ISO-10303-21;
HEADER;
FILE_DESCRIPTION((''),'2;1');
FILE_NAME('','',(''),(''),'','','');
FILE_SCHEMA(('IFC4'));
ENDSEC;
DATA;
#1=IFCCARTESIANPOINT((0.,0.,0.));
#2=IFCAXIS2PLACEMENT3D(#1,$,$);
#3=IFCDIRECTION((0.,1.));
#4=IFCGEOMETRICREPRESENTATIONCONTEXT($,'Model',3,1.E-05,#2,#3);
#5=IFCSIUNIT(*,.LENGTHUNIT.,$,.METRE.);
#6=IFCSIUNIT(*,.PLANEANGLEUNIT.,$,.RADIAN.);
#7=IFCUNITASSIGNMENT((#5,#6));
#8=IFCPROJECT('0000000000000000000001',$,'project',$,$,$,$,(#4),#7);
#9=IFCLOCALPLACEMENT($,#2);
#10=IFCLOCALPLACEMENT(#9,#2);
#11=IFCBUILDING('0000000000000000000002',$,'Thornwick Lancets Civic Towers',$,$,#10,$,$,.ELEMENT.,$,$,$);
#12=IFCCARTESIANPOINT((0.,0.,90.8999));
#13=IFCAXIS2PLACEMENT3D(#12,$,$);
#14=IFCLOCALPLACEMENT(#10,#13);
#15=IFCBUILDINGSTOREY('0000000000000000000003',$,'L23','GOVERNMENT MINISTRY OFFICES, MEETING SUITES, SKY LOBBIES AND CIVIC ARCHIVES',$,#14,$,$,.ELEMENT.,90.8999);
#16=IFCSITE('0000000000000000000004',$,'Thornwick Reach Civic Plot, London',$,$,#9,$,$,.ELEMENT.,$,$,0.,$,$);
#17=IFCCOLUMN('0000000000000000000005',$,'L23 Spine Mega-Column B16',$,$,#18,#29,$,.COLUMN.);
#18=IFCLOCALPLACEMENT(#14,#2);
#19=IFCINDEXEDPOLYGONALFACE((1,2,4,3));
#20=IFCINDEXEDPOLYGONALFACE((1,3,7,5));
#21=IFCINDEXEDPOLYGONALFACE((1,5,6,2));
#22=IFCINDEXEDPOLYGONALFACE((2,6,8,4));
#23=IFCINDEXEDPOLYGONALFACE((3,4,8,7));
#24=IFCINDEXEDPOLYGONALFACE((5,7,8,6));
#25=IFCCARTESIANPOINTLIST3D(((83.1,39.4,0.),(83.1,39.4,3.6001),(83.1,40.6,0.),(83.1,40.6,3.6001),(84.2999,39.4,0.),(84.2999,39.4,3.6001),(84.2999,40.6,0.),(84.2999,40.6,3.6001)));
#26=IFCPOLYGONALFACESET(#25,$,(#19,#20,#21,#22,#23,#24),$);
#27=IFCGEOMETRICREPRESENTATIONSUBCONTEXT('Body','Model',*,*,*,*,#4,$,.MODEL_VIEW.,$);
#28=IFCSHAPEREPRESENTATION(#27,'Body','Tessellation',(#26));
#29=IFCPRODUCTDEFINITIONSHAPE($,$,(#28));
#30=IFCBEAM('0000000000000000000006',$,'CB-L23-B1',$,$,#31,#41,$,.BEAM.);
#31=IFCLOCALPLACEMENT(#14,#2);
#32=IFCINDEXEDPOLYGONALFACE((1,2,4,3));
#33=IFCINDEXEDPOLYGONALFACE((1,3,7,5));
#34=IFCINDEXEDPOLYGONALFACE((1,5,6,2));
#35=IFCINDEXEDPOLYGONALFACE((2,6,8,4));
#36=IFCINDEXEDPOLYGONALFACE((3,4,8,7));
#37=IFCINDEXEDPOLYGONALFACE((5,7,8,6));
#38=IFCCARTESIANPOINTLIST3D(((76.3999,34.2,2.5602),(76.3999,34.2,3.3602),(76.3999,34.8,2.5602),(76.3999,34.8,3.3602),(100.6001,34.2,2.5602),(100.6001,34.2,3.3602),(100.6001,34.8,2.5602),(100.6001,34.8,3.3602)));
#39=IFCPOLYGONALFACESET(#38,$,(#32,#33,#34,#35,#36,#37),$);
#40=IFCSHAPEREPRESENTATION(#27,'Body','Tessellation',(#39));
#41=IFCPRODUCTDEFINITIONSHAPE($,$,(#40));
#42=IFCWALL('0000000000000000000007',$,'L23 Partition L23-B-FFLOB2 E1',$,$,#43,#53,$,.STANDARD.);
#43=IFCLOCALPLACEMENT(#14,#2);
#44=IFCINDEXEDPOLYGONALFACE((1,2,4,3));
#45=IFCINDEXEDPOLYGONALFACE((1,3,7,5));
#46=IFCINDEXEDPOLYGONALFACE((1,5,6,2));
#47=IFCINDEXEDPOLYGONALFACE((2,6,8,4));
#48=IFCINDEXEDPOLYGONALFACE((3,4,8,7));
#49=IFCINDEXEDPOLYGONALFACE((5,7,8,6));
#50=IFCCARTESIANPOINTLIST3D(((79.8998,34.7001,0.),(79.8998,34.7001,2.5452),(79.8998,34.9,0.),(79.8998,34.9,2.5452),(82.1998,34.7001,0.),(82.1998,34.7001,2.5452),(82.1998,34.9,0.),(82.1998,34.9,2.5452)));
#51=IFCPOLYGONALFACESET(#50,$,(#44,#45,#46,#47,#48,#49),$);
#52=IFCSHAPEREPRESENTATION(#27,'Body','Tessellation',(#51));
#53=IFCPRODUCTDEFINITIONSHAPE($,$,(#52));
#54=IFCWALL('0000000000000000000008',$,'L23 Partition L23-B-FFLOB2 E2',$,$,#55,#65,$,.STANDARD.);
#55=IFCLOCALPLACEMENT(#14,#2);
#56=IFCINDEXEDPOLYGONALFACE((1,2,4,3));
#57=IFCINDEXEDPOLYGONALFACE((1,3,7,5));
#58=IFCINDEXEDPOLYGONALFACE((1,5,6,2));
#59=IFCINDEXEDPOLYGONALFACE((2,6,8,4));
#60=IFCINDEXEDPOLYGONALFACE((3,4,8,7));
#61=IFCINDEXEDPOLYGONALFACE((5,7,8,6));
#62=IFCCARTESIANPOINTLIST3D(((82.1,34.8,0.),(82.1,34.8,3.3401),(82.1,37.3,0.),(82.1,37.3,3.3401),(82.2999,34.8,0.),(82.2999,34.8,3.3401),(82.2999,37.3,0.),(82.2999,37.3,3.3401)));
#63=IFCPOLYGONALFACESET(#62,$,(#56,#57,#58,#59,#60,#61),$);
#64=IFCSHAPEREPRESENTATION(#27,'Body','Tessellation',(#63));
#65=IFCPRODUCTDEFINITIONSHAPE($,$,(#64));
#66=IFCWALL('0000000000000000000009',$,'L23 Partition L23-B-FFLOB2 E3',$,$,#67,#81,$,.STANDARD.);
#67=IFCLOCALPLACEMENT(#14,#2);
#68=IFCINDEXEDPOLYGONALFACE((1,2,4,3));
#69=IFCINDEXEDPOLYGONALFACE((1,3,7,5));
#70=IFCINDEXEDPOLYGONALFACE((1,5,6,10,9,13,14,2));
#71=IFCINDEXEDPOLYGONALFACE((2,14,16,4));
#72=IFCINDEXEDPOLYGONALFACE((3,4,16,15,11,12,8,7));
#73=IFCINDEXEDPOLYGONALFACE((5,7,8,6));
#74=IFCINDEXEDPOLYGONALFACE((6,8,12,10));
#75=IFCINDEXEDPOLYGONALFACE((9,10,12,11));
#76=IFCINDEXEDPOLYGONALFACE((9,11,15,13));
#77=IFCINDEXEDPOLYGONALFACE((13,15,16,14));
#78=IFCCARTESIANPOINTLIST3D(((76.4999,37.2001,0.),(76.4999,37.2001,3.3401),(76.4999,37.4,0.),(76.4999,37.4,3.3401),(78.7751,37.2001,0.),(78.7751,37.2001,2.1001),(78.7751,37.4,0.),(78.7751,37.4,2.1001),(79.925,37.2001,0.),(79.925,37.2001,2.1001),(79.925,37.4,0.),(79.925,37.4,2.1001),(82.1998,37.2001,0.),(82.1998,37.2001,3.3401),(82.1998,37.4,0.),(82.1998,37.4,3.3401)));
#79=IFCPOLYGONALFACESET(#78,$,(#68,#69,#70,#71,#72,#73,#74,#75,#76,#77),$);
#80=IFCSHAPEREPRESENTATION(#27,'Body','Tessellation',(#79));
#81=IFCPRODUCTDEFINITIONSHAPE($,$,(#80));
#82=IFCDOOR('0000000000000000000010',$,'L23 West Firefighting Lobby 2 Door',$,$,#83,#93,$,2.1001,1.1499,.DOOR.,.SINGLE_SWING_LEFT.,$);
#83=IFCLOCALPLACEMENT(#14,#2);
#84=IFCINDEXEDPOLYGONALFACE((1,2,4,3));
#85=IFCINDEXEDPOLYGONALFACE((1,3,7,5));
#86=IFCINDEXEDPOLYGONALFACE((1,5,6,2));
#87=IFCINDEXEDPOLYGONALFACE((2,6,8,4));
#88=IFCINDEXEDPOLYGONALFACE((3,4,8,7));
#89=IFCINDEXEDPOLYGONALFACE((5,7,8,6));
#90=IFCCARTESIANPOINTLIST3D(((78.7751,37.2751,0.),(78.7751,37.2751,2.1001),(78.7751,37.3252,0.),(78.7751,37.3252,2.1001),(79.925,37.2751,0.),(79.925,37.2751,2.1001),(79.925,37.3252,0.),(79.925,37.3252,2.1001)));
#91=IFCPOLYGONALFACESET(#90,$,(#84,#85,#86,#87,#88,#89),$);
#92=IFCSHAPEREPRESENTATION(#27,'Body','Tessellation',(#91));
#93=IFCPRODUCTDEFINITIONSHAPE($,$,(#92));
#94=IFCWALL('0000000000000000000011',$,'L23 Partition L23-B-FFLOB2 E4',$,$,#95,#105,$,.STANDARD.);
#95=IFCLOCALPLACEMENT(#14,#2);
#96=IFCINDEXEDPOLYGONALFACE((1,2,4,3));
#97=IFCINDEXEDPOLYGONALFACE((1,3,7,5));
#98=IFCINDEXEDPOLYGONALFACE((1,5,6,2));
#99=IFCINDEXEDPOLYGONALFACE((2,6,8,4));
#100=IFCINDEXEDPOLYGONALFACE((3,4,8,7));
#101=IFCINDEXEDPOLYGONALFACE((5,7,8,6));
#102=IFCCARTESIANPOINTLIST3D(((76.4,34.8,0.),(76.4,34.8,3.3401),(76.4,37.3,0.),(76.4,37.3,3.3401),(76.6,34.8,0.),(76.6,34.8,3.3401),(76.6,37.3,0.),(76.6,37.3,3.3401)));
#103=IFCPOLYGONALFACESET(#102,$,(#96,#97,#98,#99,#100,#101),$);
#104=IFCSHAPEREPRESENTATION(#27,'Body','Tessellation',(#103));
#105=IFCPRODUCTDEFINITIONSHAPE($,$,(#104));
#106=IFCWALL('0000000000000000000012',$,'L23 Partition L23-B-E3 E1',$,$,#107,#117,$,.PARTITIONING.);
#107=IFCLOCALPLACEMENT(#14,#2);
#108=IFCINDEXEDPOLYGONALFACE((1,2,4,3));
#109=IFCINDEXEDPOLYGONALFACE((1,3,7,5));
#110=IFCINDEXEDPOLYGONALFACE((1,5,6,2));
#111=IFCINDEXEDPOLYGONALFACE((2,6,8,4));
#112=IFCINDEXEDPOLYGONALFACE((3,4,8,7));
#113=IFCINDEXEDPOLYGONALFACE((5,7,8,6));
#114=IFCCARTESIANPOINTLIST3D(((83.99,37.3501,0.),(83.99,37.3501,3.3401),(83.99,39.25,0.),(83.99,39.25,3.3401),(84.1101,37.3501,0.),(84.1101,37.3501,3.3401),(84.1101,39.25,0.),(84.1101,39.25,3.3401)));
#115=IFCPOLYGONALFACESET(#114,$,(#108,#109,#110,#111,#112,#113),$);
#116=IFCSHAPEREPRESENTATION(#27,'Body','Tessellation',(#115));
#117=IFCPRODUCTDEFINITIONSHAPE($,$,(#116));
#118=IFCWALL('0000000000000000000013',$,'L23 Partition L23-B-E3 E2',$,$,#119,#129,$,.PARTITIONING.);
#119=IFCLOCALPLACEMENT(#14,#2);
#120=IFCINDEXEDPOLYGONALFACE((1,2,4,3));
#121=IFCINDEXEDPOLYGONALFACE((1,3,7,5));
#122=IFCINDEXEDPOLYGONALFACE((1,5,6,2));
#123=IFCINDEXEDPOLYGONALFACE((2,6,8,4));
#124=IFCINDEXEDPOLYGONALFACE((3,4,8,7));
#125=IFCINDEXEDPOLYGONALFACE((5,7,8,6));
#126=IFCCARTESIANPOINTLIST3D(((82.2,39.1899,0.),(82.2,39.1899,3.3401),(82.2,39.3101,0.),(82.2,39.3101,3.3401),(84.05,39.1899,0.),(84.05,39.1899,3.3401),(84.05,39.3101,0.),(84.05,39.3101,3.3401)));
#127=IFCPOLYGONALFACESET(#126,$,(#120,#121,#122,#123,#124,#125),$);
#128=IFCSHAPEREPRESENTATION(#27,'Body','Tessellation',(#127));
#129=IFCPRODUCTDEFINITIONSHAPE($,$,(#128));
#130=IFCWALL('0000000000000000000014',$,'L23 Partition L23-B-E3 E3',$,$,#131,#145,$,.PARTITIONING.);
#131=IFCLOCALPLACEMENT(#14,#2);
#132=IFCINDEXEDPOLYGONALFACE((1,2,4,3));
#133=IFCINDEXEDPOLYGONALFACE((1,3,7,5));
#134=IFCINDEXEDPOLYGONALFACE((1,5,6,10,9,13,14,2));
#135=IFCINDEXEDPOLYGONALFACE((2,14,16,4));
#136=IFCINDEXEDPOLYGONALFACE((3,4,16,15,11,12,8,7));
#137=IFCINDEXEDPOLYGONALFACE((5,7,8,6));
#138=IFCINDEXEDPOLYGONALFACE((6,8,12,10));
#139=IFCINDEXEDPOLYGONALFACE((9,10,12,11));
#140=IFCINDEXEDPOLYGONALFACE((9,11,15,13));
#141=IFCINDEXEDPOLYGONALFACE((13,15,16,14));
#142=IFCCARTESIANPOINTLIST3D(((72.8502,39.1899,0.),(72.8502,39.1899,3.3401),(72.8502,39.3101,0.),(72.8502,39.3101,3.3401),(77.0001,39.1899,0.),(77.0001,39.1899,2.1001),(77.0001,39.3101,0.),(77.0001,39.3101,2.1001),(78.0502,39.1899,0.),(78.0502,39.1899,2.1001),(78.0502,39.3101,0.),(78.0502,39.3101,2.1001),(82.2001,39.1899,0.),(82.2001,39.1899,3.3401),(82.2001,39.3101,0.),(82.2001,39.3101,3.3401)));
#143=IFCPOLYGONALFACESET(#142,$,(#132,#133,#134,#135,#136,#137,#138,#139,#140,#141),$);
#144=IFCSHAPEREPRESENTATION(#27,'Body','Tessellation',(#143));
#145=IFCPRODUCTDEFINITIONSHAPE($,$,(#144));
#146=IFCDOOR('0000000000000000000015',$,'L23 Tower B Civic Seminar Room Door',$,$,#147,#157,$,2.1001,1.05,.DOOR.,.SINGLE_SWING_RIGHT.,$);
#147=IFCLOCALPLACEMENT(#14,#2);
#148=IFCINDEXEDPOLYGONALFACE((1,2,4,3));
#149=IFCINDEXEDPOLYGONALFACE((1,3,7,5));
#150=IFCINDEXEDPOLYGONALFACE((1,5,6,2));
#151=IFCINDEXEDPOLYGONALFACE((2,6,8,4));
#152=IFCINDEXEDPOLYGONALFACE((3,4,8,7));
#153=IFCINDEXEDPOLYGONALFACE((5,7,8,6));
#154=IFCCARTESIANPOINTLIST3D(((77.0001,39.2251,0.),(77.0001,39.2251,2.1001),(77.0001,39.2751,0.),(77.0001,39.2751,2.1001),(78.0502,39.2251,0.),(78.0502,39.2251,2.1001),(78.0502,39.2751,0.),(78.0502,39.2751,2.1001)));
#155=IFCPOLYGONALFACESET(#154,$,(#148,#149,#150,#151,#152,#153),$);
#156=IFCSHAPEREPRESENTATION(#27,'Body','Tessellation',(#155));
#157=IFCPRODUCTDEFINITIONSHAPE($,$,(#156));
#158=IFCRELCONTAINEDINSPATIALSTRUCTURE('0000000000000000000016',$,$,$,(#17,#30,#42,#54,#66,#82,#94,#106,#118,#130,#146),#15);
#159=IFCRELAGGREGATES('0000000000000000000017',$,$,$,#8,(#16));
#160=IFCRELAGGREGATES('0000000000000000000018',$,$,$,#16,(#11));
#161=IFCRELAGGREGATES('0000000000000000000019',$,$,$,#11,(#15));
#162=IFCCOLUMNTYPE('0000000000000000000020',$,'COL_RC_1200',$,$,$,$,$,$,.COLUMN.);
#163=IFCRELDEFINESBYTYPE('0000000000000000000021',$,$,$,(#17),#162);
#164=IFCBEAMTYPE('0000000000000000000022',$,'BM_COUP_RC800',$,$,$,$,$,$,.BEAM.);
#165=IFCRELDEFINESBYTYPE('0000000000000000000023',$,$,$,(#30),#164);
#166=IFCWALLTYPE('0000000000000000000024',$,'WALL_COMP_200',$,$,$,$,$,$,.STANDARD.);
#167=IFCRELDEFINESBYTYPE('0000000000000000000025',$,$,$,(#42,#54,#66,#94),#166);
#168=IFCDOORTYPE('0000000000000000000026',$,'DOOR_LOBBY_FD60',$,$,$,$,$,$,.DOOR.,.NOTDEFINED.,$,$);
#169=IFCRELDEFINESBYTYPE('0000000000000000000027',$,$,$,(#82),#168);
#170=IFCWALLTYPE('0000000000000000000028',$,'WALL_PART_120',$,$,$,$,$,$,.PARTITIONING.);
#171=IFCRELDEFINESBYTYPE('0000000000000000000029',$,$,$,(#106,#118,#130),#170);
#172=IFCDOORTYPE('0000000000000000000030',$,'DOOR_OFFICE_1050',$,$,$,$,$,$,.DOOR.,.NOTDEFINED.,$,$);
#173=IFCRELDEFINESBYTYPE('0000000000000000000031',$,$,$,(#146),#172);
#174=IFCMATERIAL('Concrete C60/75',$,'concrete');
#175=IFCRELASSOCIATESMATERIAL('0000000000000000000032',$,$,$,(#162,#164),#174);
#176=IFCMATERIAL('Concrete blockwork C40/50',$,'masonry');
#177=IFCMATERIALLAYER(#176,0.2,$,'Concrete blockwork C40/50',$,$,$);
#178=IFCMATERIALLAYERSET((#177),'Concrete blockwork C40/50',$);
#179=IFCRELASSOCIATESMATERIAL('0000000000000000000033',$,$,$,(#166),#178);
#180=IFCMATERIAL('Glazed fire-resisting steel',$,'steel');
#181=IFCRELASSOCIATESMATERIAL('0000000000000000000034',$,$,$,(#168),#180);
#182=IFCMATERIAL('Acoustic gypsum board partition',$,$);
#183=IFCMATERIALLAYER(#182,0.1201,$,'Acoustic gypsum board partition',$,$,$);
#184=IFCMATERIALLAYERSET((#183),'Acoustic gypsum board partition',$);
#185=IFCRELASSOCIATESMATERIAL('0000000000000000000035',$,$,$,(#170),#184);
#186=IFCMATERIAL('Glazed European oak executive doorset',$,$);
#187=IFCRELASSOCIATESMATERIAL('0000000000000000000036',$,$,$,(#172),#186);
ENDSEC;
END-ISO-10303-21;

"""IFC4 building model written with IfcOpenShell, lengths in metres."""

from ifc_helpers import new_model, si_unit, direction, frame, frame_2d, origin, origin_2d, place, context, subcontext, project, spatial, rectangle, extrude, material, layer, layer_set, material_profile, profile_set, type_object, element, fill, save


model = new_model("IFC4")

# Units and contexts
model_context = context("Model", 3, precision=1e-05, world=origin(), true_north=direction((0.0, 1.0)))
body_context = subcontext(model_context, "Body", "Model", "MODEL_VIEW")
ifc_project = project(units=[si_unit("LENGTHUNIT", "METRE"), si_unit("PLANEANGLEUNIT", "RADIAN")], contexts=[model_context])

# Site, building, storey
site_placement = place(None, origin())
site = spatial("IfcSite", under=ifc_project, at=site_placement, Name="Thornwick Reach Civic Plot, London", CompositionType="ELEMENT", RefElevation=0.0)
building_placement = place(site_placement, origin())
building = spatial("IfcBuilding", under=site, at=building_placement, Name="Thornwick Lancets Civic Towers", CompositionType="ELEMENT")
storey_placement = place(building_placement, frame((0.0, 0.0, 90.8999)))
storey = spatial("IfcBuildingStorey", under=building, at=storey_placement, Name="L23", Description="GOVERNMENT MINISTRY OFFICES, MEETING SUITES, SKY LOBBIES AND CIVIC ARCHIVES", CompositionType="ELEMENT", Elevation=90.8999)

# Column
ifc_material_1 = material(Name="Concrete C60/75", Category="concrete")
ifc_material_profile_1 = material_profile(ifc_material_1, rectangle(XDim=1.2, YDim=1.2, at=origin_2d()), Name="RC 1200x1200")
ifc_profile_set_1 = profile_set([ifc_material_profile_1], Name="Concrete C60/75")
column_type = type_object("IfcColumnType", Name="COL_RC_1200", PredefinedType="COLUMN", material=ifc_profile_set_1)
column_placement = place(storey_placement, frame((83.7, 40.0, 0.0), z_axis=(0.0, 0.0, 1.0), x_axis=(1.0, 0.0, 0.0)))
element("IfcColumn", 1, at=column_placement, inside=storey, type_object=column_type, Name="L23 Spine Mega-Column B16", PredefinedType="COLUMN", context=body_context, shape_type="SweptSolid", body=[
    extrude(rectangle(XDim=1.2, YDim=1.2, at=origin_2d()), origin(), (0.0, 0.0, 1.0), 3.6001),
])

# Beam
ifc_material_profile_2 = material_profile(ifc_material_1, rectangle(XDim=0.6001, YDim=0.8, at=origin_2d()), Name="RC 600x800")
ifc_profile_set_2 = profile_set([ifc_material_profile_2], Name="Concrete C60/75")
beam_type = type_object("IfcBeamType", Name="BM_COUP_RC800", PredefinedType="BEAM", material=ifc_profile_set_2)
beam_placement = place(storey_placement, frame((76.3999, 34.5, 2.9602), z_axis=(1.0, 0.0, 0.0), x_axis=(0.0, 1.0, 0.0)))
element("IfcBeam", 2, at=beam_placement, inside=storey, type_object=beam_type, Name="CB-L23-B1", PredefinedType="BEAM", context=body_context, shape_type="SweptSolid", body=[
    extrude(rectangle(XDim=0.6001, YDim=0.8, at=origin_2d()), origin(), (0.0, 0.0, 1.0), 24.2002),
])

# Walls
ifc_material_2 = material(Name="Concrete blockwork C40/50", Category="masonry")
ifc_layer_1 = layer(ifc_material_2, 0.2, Name="Concrete blockwork C40/50")
ifc_layer_set_1 = layer_set([ifc_layer_1], Name="Concrete blockwork C40/50")
wall_type_1 = type_object("IfcWallType", Name="WALL_COMP_200", PredefinedType="STANDARD", material=ifc_layer_set_1)
wall_1_placement = place(storey_placement, frame((79.8999, 34.8, 0.0), z_axis=(0.0, 0.0, 1.0), x_axis=(1.0, 0.0, 0.0)))
element("IfcWall", 3, at=wall_1_placement, inside=storey, type_object=wall_type_1, Name="L23 Partition L23-B-FFLOB2 E1", PredefinedType="STANDARD", context=body_context, shape_type="SweptSolid", body=[
    extrude(rectangle(XDim=2.3, YDim=0.2, at=frame_2d((1.1499, 0.0))), origin(), (0.0, 0.0, 1.0), 2.5452),
])
wall_2_placement = place(storey_placement, frame((82.2, 34.8, 0.0), z_axis=(0.0, 0.0, 1.0), x_axis=(0.0, 1.0, 0.0)))
element("IfcWall", 4, at=wall_2_placement, inside=storey, type_object=wall_type_1, Name="L23 Partition L23-B-FFLOB2 E2", PredefinedType="STANDARD", context=body_context, shape_type="SweptSolid", body=[
    extrude(rectangle(XDim=2.5, YDim=0.2, at=frame_2d((1.25, 0.0))), origin(), (0.0, 0.0, 1.0), 3.3401),
])

# Wall, opening, door
wall_3_placement = place(storey_placement, frame((82.2, 37.3, 0.0), z_axis=(0.0, 0.0, 1.0), x_axis=(-1.0, 0.0, 0.0)))
wall_3 = element("IfcWall", 5, at=wall_3_placement, inside=storey, type_object=wall_type_1, Name="L23 Partition L23-B-FFLOB2 E3", PredefinedType="STANDARD", context=body_context, shape_type="SweptSolid", body=[
    extrude(rectangle(XDim=5.7, YDim=0.2, at=frame_2d((2.8501, 0.0))), origin(), (0.0, 0.0, 1.0), 3.3401),
])
opening_1_placement = place(wall_3_placement, frame((2.2749, 0.0, 0.0)))
opening_1 = element("IfcOpeningElement", 6, at=opening_1_placement, cuts=wall_3, PredefinedType="OPENING", context=body_context, shape_type="SweptSolid", body=[
    extrude(rectangle(XDim=1.1499, YDim=2.1001, at=frame_2d((0.575, 1.05))), frame((0.0, 0.1099, 0.0), z_axis=(0.0, -1.0, 0.0), x_axis=(1.0, 0.0, 0.0)), (0.0, 0.0, 1.0), 0.22),
])
ifc_material_3 = material(Name="Glazed fire-resisting steel", Category="steel")
door_type_1 = type_object("IfcDoorType", Name="DOOR_LOBBY_FD60", OperationType="NOTDEFINED", PredefinedType="DOOR", material=ifc_material_3)
door_1_placement = place(opening_1_placement, origin())
door_1 = element("IfcDoor", 7, at=door_1_placement, inside=storey, type_object=door_type_1, Name="L23 West Firefighting Lobby 2 Door", OperationType="SINGLE_SWING_LEFT", OverallHeight=2.1001, OverallWidth=1.1499, PredefinedType="DOOR", context=body_context, shape_type="SweptSolid", body=[
    extrude(rectangle(XDim=1.1499, YDim=2.1001, at=frame_2d((0.575, 1.05))), frame((0.0, 0.0249, 0.0), z_axis=(0.0, -1.0, 0.0), x_axis=(1.0, 0.0, 0.0)), (0.0, 0.0, 1.0), 0.05),
])
fill(opening_1, door_1)

# Walls
wall_4_placement = place(storey_placement, frame((76.5, 37.3, 0.0), z_axis=(0.0, 0.0, 1.0), x_axis=(0.0, -1.0, 0.0)))
element("IfcWall", 8, at=wall_4_placement, inside=storey, type_object=wall_type_1, Name="L23 Partition L23-B-FFLOB2 E4", PredefinedType="STANDARD", context=body_context, shape_type="SweptSolid", body=[
    extrude(rectangle(XDim=2.5, YDim=0.2, at=frame_2d((1.25, 0.0))), origin(), (0.0, 0.0, 1.0), 3.3401),
])
ifc_material_4 = material(Name="Acoustic gypsum board partition")
ifc_layer_2 = layer(ifc_material_4, 0.1201, Name="Acoustic gypsum board partition")
ifc_layer_set_2 = layer_set([ifc_layer_2], Name="Acoustic gypsum board partition")
wall_type_2 = type_object("IfcWallType", Name="WALL_PART_120", PredefinedType="PARTITIONING", material=ifc_layer_set_2)
wall_5_placement = place(storey_placement, frame((84.05, 37.3501, 0.0), z_axis=(0.0, 0.0, 1.0), x_axis=(0.0, 1.0, 0.0)))
element("IfcWall", 9, at=wall_5_placement, inside=storey, type_object=wall_type_2, Name="L23 Partition L23-B-E3 E1", PredefinedType="PARTITIONING", context=body_context, shape_type="SweptSolid", body=[
    extrude(rectangle(XDim=1.8999, YDim=0.1201, at=frame_2d((0.95, 0.0))), origin(), (0.0, 0.0, 1.0), 3.3401),
])
wall_6_placement = place(storey_placement, frame((84.05, 39.25, 0.0), z_axis=(0.0, 0.0, 1.0), x_axis=(-1.0, 0.0, 0.0)))
element("IfcWall", 10, at=wall_6_placement, inside=storey, type_object=wall_type_2, Name="L23 Partition L23-B-E3 E2", PredefinedType="PARTITIONING", context=body_context, shape_type="SweptSolid", body=[
    extrude(rectangle(XDim=1.8501, YDim=0.1201, at=frame_2d((0.925, 0.0))), origin(), (0.0, 0.0, 1.0), 3.3401),
])

# Wall, opening, door
wall_7_placement = place(storey_placement, frame((82.2, 39.25, 0.0), z_axis=(0.0, 0.0, 1.0), x_axis=(-1.0, 0.0, 0.0)))
wall_7 = element("IfcWall", 11, at=wall_7_placement, inside=storey, type_object=wall_type_2, Name="L23 Partition L23-B-E3 E3", PredefinedType="PARTITIONING", context=body_context, shape_type="SweptSolid", body=[
    extrude(rectangle(XDim=9.3499, YDim=0.1201, at=frame_2d((4.6748, 0.0))), origin(), (0.0, 0.0, 1.0), 3.3401),
])
opening_2_placement = place(wall_7_placement, frame((4.1499, 0.0, 0.0)))
opening_2 = element("IfcOpeningElement", 12, at=opening_2_placement, cuts=wall_7, PredefinedType="OPENING", context=body_context, shape_type="SweptSolid", body=[
    extrude(rectangle(XDim=1.05, YDim=2.1001, at=frame_2d((0.5249, 1.05))), frame((0.0, 0.0701, 0.0), z_axis=(0.0, -1.0, 0.0), x_axis=(1.0, 0.0, 0.0)), (0.0, 0.0, 1.0), 0.1401),
])
ifc_material_5 = material(Name="Glazed European oak executive doorset")
door_type_2 = type_object("IfcDoorType", Name="DOOR_OFFICE_1050", OperationType="NOTDEFINED", PredefinedType="DOOR", material=ifc_material_5)
door_2_placement = place(opening_2_placement, origin())
door_2 = element("IfcDoor", 13, at=door_2_placement, inside=storey, type_object=door_type_2, Name="L23 Tower B Civic Seminar Room Door", OperationType="SINGLE_SWING_RIGHT", OverallHeight=2.1001, OverallWidth=1.05, PredefinedType="DOOR", context=body_context, shape_type="SweptSolid", body=[
    extrude(rectangle(XDim=1.05, YDim=2.1001, at=frame_2d((0.5249, 1.05))), frame((0.0, 0.0249, 0.0), z_axis=(0.0, -1.0, 0.0), x_axis=(1.0, 0.0, 0.0)), (0.0, 0.0, 1.0), 0.05),
])
fill(opening_2, door_2)

save(model, "model.ifc")
